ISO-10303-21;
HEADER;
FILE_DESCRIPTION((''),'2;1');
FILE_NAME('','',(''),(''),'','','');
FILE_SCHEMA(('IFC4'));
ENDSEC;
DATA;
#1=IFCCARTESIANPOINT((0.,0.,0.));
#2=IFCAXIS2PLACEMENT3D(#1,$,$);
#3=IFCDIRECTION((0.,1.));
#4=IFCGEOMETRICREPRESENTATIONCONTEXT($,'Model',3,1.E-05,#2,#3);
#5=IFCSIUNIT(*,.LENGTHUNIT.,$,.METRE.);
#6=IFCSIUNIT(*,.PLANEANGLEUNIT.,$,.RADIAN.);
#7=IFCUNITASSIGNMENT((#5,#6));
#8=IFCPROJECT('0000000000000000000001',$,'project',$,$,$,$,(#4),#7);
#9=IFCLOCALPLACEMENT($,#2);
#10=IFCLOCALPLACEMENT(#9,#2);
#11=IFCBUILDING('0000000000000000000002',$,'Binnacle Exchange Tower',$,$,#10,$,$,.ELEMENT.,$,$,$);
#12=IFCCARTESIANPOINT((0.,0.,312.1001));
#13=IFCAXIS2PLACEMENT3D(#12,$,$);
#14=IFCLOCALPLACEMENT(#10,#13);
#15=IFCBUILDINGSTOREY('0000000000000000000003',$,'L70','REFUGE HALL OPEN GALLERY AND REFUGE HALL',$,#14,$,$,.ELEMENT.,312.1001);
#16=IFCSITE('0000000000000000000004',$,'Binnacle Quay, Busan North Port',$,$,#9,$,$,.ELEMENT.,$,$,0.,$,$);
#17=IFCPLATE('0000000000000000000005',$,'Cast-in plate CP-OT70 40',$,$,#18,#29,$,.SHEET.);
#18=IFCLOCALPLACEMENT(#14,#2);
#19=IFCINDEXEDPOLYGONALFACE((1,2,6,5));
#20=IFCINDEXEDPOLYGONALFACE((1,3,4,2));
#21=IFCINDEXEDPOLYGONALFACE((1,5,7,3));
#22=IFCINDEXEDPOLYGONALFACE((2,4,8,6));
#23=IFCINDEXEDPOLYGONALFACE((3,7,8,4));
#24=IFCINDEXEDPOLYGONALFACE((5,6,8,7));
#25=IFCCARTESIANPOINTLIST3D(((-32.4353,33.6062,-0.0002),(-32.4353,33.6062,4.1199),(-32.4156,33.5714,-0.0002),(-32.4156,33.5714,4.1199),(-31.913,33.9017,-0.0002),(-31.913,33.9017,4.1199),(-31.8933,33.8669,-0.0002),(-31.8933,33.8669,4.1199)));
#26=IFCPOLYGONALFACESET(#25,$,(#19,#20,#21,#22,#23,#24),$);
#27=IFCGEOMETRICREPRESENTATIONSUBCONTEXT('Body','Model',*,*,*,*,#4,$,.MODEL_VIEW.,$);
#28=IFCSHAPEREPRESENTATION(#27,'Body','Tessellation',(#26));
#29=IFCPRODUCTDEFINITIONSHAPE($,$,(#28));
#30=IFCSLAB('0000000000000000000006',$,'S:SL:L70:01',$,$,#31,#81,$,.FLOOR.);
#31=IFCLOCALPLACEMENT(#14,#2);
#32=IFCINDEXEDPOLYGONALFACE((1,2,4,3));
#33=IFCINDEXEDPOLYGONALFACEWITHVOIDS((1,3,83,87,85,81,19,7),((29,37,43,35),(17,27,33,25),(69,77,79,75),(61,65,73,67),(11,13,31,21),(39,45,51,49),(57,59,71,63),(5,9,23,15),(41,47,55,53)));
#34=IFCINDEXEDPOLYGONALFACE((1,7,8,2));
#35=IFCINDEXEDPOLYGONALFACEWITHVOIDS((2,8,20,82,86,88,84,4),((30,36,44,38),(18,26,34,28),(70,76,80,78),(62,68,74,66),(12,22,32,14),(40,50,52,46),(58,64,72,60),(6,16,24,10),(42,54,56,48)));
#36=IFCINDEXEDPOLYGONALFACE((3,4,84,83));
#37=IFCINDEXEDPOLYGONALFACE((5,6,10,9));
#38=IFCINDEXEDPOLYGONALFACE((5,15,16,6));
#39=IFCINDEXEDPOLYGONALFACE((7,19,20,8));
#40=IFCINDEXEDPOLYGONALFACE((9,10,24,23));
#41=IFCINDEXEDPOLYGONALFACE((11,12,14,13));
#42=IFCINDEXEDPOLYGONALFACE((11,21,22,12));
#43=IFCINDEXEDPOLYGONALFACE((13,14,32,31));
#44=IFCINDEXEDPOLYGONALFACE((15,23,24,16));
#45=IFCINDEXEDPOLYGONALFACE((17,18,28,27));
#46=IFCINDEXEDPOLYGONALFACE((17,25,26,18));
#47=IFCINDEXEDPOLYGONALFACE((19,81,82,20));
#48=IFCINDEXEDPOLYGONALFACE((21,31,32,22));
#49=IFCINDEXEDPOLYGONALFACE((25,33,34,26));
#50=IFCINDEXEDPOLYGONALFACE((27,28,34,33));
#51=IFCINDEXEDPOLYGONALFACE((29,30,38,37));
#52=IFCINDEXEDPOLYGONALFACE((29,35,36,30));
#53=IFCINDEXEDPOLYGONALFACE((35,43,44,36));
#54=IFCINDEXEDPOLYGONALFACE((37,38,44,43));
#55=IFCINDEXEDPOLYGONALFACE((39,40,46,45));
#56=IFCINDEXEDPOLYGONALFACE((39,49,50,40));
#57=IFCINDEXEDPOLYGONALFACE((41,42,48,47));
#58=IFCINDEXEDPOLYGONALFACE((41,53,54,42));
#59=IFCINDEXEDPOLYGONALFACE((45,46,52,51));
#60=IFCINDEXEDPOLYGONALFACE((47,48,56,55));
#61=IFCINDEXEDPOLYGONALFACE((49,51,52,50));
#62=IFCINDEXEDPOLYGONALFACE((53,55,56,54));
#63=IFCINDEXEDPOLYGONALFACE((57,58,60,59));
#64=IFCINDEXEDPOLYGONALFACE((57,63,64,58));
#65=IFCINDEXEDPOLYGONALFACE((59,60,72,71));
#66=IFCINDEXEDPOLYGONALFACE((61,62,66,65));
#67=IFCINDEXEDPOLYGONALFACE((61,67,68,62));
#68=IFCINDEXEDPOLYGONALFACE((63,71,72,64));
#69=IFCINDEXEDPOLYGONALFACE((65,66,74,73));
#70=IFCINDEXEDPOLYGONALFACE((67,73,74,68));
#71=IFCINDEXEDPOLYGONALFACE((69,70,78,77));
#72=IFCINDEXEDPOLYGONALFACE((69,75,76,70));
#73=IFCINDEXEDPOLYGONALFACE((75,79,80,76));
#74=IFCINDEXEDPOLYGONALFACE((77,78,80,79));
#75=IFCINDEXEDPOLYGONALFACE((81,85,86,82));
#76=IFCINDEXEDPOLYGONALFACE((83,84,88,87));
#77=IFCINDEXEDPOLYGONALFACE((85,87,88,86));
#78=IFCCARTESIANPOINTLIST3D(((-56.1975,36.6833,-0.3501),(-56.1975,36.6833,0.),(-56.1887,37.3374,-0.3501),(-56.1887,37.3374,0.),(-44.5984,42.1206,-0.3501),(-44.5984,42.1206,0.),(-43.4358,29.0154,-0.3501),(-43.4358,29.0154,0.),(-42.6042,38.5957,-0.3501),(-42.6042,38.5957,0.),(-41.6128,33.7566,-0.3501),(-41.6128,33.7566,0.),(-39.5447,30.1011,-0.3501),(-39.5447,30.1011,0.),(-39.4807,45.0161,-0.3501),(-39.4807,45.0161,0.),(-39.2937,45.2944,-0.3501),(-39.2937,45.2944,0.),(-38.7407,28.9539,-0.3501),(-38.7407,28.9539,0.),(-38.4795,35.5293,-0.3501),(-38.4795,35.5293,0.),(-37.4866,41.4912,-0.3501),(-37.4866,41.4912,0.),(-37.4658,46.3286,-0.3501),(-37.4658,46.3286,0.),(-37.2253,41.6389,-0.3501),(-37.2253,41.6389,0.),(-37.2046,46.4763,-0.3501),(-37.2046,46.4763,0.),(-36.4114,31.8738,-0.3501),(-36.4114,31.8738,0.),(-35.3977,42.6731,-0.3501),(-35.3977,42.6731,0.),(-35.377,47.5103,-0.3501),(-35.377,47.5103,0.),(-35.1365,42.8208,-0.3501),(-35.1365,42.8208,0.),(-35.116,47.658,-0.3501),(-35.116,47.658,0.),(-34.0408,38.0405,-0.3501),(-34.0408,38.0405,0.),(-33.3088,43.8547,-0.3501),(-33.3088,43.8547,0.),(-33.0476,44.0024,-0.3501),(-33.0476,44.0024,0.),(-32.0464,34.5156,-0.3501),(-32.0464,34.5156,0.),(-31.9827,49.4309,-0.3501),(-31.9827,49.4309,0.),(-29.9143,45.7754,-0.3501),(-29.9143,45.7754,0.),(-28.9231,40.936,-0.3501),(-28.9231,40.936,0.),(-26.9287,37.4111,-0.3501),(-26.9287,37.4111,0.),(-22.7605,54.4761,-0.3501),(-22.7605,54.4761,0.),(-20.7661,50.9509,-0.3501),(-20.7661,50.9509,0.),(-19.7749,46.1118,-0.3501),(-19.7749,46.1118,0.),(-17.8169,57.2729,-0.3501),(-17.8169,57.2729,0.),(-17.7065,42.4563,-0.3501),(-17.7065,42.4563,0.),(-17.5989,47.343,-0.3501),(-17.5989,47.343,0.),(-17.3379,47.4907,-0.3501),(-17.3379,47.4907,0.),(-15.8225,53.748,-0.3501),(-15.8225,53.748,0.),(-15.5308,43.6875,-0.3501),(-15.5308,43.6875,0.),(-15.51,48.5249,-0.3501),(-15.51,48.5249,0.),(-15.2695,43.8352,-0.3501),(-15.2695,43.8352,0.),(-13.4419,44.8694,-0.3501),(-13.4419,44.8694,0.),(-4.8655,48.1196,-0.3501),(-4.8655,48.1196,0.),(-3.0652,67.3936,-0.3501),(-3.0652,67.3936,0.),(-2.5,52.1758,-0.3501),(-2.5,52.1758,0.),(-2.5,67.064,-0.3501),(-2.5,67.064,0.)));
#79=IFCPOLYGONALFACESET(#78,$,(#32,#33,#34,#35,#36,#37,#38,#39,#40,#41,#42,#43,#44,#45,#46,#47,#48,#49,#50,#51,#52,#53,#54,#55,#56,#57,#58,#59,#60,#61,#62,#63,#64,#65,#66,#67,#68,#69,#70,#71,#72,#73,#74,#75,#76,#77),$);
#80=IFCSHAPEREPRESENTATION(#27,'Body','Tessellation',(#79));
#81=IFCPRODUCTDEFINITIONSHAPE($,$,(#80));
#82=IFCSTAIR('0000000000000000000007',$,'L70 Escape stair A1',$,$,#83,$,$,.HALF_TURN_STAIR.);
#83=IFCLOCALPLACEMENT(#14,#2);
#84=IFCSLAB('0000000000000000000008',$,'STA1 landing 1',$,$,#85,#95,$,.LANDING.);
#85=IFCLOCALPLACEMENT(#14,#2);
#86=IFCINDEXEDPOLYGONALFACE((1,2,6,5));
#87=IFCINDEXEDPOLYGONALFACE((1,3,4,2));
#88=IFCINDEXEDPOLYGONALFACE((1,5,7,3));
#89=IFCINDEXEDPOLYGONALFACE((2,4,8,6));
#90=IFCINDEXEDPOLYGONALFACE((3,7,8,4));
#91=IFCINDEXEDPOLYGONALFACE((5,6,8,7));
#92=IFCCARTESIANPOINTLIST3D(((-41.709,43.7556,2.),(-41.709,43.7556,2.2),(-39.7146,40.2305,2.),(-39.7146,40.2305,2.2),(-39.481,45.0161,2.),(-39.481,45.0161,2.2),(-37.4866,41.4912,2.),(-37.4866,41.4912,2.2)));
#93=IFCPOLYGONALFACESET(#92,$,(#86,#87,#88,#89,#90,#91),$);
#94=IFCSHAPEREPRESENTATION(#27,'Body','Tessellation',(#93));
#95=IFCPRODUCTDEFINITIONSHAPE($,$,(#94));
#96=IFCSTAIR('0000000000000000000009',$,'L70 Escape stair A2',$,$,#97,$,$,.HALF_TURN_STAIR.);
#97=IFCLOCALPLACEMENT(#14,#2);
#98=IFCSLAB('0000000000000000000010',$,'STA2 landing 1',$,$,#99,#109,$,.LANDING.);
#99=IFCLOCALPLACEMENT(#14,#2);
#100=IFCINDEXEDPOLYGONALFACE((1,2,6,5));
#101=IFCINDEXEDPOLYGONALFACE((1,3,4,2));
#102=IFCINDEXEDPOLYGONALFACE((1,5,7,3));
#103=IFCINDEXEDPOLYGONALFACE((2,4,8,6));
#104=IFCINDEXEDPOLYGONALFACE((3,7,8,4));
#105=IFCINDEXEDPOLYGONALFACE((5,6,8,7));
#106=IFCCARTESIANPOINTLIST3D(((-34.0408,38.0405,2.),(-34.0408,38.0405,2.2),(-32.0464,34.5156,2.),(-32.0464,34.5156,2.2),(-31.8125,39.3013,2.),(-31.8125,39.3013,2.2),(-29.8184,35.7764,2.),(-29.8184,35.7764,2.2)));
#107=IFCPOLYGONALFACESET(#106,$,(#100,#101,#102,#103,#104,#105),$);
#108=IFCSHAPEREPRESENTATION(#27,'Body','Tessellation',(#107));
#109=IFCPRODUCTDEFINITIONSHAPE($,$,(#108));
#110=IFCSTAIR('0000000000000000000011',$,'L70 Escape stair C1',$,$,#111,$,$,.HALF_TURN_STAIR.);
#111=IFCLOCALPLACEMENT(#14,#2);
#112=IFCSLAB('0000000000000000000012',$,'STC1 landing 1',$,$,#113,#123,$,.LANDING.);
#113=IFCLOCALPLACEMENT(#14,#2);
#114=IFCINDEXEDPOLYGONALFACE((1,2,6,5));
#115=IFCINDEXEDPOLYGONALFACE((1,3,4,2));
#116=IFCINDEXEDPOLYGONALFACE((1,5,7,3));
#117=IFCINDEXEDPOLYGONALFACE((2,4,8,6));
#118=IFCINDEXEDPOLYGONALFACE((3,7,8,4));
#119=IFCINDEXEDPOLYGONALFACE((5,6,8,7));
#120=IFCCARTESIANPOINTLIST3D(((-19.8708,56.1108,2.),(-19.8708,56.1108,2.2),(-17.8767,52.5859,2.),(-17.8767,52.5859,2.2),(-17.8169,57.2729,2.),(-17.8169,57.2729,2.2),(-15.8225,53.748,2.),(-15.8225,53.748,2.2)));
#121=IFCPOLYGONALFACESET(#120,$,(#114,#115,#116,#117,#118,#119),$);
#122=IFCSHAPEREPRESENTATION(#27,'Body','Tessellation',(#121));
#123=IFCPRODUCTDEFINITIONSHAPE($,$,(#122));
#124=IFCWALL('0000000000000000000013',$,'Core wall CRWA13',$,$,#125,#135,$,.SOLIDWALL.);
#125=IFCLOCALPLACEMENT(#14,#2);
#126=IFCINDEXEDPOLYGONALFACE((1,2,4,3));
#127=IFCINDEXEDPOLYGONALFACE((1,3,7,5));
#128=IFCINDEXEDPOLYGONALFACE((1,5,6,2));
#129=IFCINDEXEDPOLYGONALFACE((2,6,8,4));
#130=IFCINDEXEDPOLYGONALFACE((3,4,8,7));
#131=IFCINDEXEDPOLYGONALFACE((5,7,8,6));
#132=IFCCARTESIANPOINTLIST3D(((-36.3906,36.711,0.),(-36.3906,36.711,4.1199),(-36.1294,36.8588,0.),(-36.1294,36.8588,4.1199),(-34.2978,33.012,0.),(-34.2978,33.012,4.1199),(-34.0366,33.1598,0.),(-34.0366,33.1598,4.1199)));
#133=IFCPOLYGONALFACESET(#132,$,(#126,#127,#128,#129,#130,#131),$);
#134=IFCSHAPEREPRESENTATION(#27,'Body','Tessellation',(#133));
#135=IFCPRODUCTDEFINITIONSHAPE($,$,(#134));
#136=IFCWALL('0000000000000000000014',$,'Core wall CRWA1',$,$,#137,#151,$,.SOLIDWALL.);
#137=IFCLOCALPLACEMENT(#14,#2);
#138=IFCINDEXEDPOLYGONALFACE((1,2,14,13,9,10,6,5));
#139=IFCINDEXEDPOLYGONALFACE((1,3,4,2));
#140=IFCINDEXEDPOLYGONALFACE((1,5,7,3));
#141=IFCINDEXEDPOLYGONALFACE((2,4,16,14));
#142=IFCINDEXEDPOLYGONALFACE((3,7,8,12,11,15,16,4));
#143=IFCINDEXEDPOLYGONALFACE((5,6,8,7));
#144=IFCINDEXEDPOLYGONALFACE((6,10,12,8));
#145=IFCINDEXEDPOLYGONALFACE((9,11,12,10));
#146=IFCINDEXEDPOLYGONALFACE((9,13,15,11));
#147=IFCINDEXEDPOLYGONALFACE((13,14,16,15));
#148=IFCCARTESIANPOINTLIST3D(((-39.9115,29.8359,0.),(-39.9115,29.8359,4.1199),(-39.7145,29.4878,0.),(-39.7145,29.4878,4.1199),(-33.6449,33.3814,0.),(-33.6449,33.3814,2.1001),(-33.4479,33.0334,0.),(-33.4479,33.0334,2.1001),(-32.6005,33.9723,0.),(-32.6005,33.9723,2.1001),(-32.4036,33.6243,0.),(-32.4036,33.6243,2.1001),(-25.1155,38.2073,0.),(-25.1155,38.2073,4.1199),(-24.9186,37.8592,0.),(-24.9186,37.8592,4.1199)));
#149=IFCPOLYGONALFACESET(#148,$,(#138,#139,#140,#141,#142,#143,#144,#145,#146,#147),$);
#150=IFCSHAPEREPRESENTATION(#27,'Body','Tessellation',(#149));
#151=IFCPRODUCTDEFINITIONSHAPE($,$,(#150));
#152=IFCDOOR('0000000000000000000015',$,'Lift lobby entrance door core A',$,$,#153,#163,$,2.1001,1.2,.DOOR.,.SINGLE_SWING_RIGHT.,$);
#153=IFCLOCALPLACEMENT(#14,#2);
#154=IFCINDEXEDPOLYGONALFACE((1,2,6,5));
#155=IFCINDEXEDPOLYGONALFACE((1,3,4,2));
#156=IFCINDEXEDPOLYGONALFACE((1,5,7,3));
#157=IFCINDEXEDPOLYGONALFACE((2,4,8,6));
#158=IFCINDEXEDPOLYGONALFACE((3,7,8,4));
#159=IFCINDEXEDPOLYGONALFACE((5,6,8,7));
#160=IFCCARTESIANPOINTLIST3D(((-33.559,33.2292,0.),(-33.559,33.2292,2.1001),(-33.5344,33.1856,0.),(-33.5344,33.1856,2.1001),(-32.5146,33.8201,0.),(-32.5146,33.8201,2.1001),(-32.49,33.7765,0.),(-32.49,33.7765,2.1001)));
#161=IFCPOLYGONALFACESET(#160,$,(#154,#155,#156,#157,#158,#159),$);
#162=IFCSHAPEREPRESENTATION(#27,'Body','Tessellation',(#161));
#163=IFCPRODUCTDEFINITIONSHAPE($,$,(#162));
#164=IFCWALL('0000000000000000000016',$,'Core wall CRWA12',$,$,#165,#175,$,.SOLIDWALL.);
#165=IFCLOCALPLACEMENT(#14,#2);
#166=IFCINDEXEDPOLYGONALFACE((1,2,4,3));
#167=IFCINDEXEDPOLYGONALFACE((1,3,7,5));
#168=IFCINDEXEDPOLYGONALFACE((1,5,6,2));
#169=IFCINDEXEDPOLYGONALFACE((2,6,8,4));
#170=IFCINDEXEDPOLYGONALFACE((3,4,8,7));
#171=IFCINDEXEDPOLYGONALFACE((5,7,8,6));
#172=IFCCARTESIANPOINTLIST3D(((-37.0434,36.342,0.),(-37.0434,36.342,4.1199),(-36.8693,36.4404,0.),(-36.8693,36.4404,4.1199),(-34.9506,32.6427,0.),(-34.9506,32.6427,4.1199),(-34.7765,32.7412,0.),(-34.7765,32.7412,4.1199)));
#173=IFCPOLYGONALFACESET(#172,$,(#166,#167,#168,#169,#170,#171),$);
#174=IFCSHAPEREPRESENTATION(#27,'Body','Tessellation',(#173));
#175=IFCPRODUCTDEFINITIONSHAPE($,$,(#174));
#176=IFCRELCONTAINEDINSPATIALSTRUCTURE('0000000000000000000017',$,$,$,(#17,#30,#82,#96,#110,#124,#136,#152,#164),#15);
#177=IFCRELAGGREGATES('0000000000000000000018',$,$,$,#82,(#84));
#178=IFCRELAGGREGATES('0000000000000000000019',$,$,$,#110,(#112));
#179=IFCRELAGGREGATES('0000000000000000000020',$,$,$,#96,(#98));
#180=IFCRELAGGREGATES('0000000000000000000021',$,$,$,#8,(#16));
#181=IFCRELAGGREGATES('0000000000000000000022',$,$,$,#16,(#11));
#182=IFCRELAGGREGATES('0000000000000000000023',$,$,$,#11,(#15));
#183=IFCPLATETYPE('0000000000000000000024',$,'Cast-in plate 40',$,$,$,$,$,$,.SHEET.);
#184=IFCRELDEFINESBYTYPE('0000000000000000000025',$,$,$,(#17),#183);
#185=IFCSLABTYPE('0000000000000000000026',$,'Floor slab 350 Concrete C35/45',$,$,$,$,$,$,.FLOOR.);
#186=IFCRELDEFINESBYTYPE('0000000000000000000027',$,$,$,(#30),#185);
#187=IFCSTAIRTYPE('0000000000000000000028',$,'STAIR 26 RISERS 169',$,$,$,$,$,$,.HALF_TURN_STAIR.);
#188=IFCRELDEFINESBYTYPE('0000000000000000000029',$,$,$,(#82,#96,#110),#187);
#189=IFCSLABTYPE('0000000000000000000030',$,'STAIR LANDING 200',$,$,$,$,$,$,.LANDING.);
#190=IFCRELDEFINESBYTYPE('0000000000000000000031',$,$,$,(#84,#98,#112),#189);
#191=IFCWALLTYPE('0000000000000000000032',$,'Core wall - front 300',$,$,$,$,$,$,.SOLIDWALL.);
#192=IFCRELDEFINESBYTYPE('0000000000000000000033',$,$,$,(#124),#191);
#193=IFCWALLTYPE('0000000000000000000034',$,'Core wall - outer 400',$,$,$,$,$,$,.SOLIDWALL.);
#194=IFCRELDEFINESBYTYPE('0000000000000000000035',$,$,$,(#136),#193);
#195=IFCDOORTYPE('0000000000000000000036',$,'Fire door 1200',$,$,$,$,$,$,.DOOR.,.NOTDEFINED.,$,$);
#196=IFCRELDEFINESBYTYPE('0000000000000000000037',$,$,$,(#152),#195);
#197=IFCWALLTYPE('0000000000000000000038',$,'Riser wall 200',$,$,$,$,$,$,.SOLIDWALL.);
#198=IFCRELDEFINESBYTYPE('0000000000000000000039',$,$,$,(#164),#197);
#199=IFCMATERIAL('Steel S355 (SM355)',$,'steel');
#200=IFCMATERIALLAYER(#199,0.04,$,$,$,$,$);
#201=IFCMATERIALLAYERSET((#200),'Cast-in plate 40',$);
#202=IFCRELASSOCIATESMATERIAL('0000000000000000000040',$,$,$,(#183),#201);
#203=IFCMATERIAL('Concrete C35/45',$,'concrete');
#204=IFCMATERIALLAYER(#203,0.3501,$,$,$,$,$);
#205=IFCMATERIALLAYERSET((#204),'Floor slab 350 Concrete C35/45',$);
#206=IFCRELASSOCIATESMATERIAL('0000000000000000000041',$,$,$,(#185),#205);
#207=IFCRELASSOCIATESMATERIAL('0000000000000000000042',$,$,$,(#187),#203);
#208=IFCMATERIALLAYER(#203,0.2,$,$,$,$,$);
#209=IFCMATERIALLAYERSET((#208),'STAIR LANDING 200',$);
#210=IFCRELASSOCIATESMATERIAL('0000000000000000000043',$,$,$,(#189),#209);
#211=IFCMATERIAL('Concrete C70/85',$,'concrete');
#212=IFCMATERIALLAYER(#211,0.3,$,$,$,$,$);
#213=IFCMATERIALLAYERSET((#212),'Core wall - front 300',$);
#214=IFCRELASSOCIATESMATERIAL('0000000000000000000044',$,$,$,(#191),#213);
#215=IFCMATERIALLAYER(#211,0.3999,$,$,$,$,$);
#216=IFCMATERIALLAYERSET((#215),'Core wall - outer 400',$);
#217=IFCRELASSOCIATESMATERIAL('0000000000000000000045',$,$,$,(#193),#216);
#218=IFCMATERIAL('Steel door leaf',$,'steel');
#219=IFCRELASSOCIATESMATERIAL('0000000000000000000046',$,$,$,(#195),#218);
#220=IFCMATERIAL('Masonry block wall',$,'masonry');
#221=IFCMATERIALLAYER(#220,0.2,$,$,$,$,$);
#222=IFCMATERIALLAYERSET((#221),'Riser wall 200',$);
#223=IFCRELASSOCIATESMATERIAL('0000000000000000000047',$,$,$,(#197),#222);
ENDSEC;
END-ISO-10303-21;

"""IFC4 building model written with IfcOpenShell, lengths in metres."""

from ifc_helpers import new_model, si_unit, direction, frame, frame_2d, origin, origin_2d, place, context, subcontext, project, spatial, polyline, rectangle, outline, extrude, material, layer, layer_set, type_object, element, fill, aggregate, save


model = new_model("IFC4")

# Units and contexts
model_context = context("Model", 3, precision=1e-05, world=origin(), true_north=direction((0.0, 1.0)))
body_context = subcontext(model_context, "Body", "Model", "MODEL_VIEW")
ifc_project = project(units=[si_unit("LENGTHUNIT", "METRE"), si_unit("PLANEANGLEUNIT", "RADIAN")], contexts=[model_context])

# Site, building, storey
site_placement = place(None, origin())
site = spatial("IfcSite", under=ifc_project, at=site_placement, Name="Binnacle Quay, Busan North Port", CompositionType="ELEMENT", RefElevation=0.0)
building_placement = place(site_placement, origin())
building = spatial("IfcBuilding", under=site, at=building_placement, Name="Binnacle Exchange Tower", CompositionType="ELEMENT")
storey_placement = place(building_placement, frame((0.0, 0.0, 312.1001)))
storey = spatial("IfcBuildingStorey", under=building, at=storey_placement, Name="L70", Description="REFUGE HALL OPEN GALLERY AND REFUGE HALL", CompositionType="ELEMENT", Elevation=312.1001)

# Plate
ifc_material_1 = material(Name="Steel S355 (SM355)", Category="steel")
ifc_layer_1 = layer(ifc_material_1, 0.04)
ifc_layer_set_1 = layer_set([ifc_layer_1], Name="Cast-in plate 40")
plate_type = type_object("IfcPlateType", Name="Cast-in plate 40", PredefinedType="SHEET", material=ifc_layer_set_1)
plate_placement = place(storey_placement, frame((-32.1643, 33.7366, -0.0002), z_axis=(0.0, 0.0, 1.0), x_axis=(-0.492424, 0.870356, 0.0)))
element("IfcPlate", 1, at=plate_placement, inside=storey, type_object=plate_type, Name="Cast-in plate CP-OT70 40", PredefinedType="SHEET", context=body_context, shape_type="SweptSolid", body=[
    extrude(rectangle(XDim=0.04, YDim=0.6001, at=origin_2d()), origin(), (0.0, 0.0, 1.0), 4.1201),
])

# Slab
ifc_material_2 = material(Name="Concrete C35/45", Category="concrete")
ifc_layer_2 = layer(ifc_material_2, 0.3501)
ifc_layer_set_2 = layer_set([ifc_layer_2], Name="Floor slab 350 Concrete C35/45")
slab_type_1 = type_object("IfcSlabType", Name="Floor slab 350 Concrete C35/45", PredefinedType="FLOOR", material=ifc_layer_set_2)
slab_1_placement = place(storey_placement, frame((0.0, 0.0, -0.3501)))
element("IfcSlab", 2, at=slab_1_placement, inside=storey, type_object=slab_type_1, Name="S:SL:L70:01", PredefinedType="FLOOR", context=body_context, shape_type="SweptSolid", body=[
    extrude(outline(polyline([(-38.7407, 28.9539), (-43.4358, 29.0154), (-56.1975, 36.6833), (-56.1887, 37.3374), (-3.0652, 67.3936), (-2.5, 67.064), (-2.5, 52.1758), (-4.8655, 48.1196), (-38.7407, 28.9539)]), holes=[polyline([(-38.4795, 35.5293), (-41.6128, 33.7566), (-39.5447, 30.1011), (-36.4114, 31.8738), (-38.4795, 35.5293)]), polyline([(-32.0464, 34.5156), (-26.9287, 37.4111), (-28.9231, 40.936), (-34.0408, 38.0405), (-32.0464, 34.5156)]), polyline([(-39.4807, 45.0161), (-44.5984, 42.1206), (-42.6042, 38.5957), (-37.4866, 41.4912), (-39.4807, 45.0161)]), polyline([(-37.4658, 46.3286), (-39.2937, 45.2944), (-37.2253, 41.6389), (-35.3977, 42.6731), (-37.4658, 46.3286)]), polyline([(-17.5989, 47.343), (-19.7749, 46.1118), (-17.7065, 42.4563), (-15.5308, 43.6875), (-17.5989, 47.343)]), polyline([(-35.377, 47.5103), (-37.2046, 46.4763), (-35.1365, 42.8208), (-33.3088, 43.8547), (-35.377, 47.5103)]), polyline([(-15.51, 48.5249), (-17.3379, 47.4907), (-15.2695, 43.8352), (-13.4419, 44.8694), (-15.51, 48.5249)]), polyline([(-29.9143, 45.7754), (-31.9827, 49.4309), (-35.116, 47.658), (-33.0476, 44.0024), (-29.9143, 45.7754)]), polyline([(-15.8225, 53.748), (-17.8169, 57.2729), (-22.7605, 54.4761), (-20.7661, 50.9509), (-15.8225, 53.748)])]), origin(), (0.0, 0.0, 1.0), 0.3501),
])

# Stairs, slabs
stair_type = type_object("IfcStairType", Name="STAIR 26 RISERS 169", PredefinedType="HALF_TURN_STAIR", material=ifc_material_2)
stair_1_placement = place(storey_placement, origin())
stair_1 = element("IfcStair", 3, at=stair_1_placement, inside=storey, type_object=stair_type, Name="L70 Escape stair A1", PredefinedType="HALF_TURN_STAIR")
ifc_layer_3 = layer(ifc_material_2, 0.2)
ifc_layer_set_3 = layer_set([ifc_layer_3], Name="STAIR LANDING 200")
slab_type_2 = type_object("IfcSlabType", Name="STAIR LANDING 200", PredefinedType="LANDING", material=ifc_layer_set_3)
slab_2_placement = place(storey_placement, frame((0.0, 0.0, 2.0)))
slab_2 = element("IfcSlab", 4, at=slab_2_placement, type_object=slab_type_2, Name="STA1 landing 1", PredefinedType="LANDING", context=body_context, shape_type="SweptSolid", body=[
    extrude(outline(polyline([(-39.7146, 40.2305), (-37.4866, 41.4912), (-39.481, 45.0161), (-41.709, 43.7556), (-39.7146, 40.2305)])), origin(), (0.0, 0.0, 1.0), 0.2),
])
aggregate(stair_1, [slab_2])
stair_2_placement = place(storey_placement, origin())
stair_2 = element("IfcStair", 5, at=stair_2_placement, inside=storey, type_object=stair_type, Name="L70 Escape stair A2", PredefinedType="HALF_TURN_STAIR")
slab_3_placement = place(storey_placement, frame((0.0, 0.0, 2.0)))
slab_3 = element("IfcSlab", 6, at=slab_3_placement, type_object=slab_type_2, Name="STA2 landing 1", PredefinedType="LANDING", context=body_context, shape_type="SweptSolid", body=[
    extrude(outline(polyline([(-31.8125, 39.3013), (-34.0408, 38.0405), (-32.0464, 34.5156), (-29.8184, 35.7764), (-31.8125, 39.3013)])), origin(), (0.0, 0.0, 1.0), 0.2),
])
stair_3_placement = place(storey_placement, origin())
stair_3 = element("IfcStair", 7, at=stair_3_placement, inside=storey, type_object=stair_type, Name="L70 Escape stair C1", PredefinedType="HALF_TURN_STAIR")
slab_4_placement = place(storey_placement, frame((0.0, 0.0, 2.0)))
slab_4 = element("IfcSlab", 8, at=slab_4_placement, type_object=slab_type_2, Name="STC1 landing 1", PredefinedType="LANDING", context=body_context, shape_type="SweptSolid", body=[
    extrude(outline(polyline([(-17.8767, 52.5859), (-15.8225, 53.748), (-17.8169, 57.2729), (-19.8708, 56.1108), (-17.8767, 52.5859)])), origin(), (0.0, 0.0, 1.0), 0.2),
])
aggregate(stair_3, [slab_4])

# Wall
ifc_material_3 = material(Name="Concrete C70/85", Category="concrete")
ifc_layer_4 = layer(ifc_material_3, 0.3)
ifc_layer_set_4 = layer_set([ifc_layer_4], Name="Core wall - front 300")
wall_type_1 = type_object("IfcWallType", Name="Core wall - front 300", PredefinedType="SOLIDWALL", material=ifc_layer_set_4)
wall_1_placement = place(storey_placement, frame((-36.26, 36.7849, 0.0), z_axis=(0.0, 0.0, 1.0), x_axis=(0.492423, -0.870356, 0.0)))
element("IfcWall", 9, at=wall_1_placement, inside=storey, type_object=wall_type_1, Name="Core wall CRWA13", PredefinedType="SOLIDWALL", context=body_context, shape_type="SweptSolid", body=[
    extrude(rectangle(XDim=4.25, YDim=0.3, at=frame_2d((2.125, 0.0))), origin(), (0.0, 0.0, 1.0), 4.1199),
])

# Wall, opening, door
ifc_layer_5 = layer(ifc_material_3, 0.3999)
ifc_layer_set_5 = layer_set([ifc_layer_5], Name="Core wall - outer 400")
wall_type_2 = type_object("IfcWallType", Name="Core wall - outer 400", PredefinedType="SOLIDWALL", material=ifc_layer_set_5)
wall_2_placement = place(storey_placement, frame((-39.813, 29.6619, 0.0), z_axis=(0.0, 0.0, 1.0), x_axis=(0.87035, 0.492433, 0.0)))
wall_2 = element("IfcWall", 10, at=wall_2_placement, inside=storey, type_object=wall_type_2, Name="Core wall CRWA1", PredefinedType="SOLIDWALL", context=body_context, shape_type="SweptSolid", body=[
    extrude(rectangle(XDim=17.0, YDim=0.3999, at=frame_2d((8.5, 0.0))), origin(), (0.0, 0.0, 1.0), 4.1199),
])
opening_placement = place(wall_2_placement, frame((7.2, 0.0, 0.0)))
opening = element("IfcOpeningElement", 11, at=opening_placement, cuts=wall_2, PredefinedType="OPENING", context=body_context, shape_type="SweptSolid", body=[
    extrude(rectangle(XDim=1.2, YDim=2.1001, at=frame_2d((0.6001, 1.05))), frame((0.0, 0.21, 0.0), z_axis=(0.0, -1.0, 0.0), x_axis=(1.0, 0.0, 0.0)), (0.0, 0.0, 1.0), 0.4199),
])
ifc_material_4 = material(Name="Steel door leaf", Category="steel")
door_type = type_object("IfcDoorType", Name="Fire door 1200", OperationType="NOTDEFINED", PredefinedType="DOOR", material=ifc_material_4)
door_placement = place(opening_placement, frame((1.2, 0.0, 0.0), z_axis=(0.0, 0.0, 1.0), x_axis=(-1.0, 0.0, 0.0)))
door = element("IfcDoor", 12, at=door_placement, inside=storey, type_object=door_type, Name="Lift lobby entrance door core A", OperationType="SINGLE_SWING_RIGHT", OverallHeight=2.1001, OverallWidth=1.2, PredefinedType="DOOR", context=body_context, shape_type="SweptSolid", body=[
    extrude(rectangle(XDim=1.2, YDim=2.1001, at=frame_2d((0.6001, 1.05))), frame((0.0, 0.0249, 0.0), z_axis=(0.0, -1.0, 0.0), x_axis=(1.0, 0.0, 0.0)), (0.0, 0.0, 1.0), 0.05),
])
fill(opening, door)

# Wall
ifc_material_5 = material(Name="Masonry block wall", Category="masonry")
ifc_layer_6 = layer(ifc_material_5, 0.2)
ifc_layer_set_6 = layer_set([ifc_layer_6], Name="Riser wall 200")
wall_type_3 = type_object("IfcWallType", Name="Riser wall 200", PredefinedType="SOLIDWALL", material=ifc_layer_set_6)
wall_3_placement = place(storey_placement, frame((-36.9563, 36.3911, 0.0), z_axis=(0.0, 0.0, 1.0), x_axis=(0.492398, -0.87037, 0.0)))
element("IfcWall", 13, at=wall_3_placement, inside=storey, type_object=wall_type_3, Name="Core wall CRWA12", PredefinedType="SOLIDWALL", context=body_context, shape_type="SweptSolid", body=[
    extrude(rectangle(XDim=4.2502, YDim=0.2, at=frame_2d((2.125, 0.0))), origin(), (0.0, 0.0, 1.0), 4.1199),
])

aggregate(stair_2, [slab_3])

save(model, "model.ifc")
